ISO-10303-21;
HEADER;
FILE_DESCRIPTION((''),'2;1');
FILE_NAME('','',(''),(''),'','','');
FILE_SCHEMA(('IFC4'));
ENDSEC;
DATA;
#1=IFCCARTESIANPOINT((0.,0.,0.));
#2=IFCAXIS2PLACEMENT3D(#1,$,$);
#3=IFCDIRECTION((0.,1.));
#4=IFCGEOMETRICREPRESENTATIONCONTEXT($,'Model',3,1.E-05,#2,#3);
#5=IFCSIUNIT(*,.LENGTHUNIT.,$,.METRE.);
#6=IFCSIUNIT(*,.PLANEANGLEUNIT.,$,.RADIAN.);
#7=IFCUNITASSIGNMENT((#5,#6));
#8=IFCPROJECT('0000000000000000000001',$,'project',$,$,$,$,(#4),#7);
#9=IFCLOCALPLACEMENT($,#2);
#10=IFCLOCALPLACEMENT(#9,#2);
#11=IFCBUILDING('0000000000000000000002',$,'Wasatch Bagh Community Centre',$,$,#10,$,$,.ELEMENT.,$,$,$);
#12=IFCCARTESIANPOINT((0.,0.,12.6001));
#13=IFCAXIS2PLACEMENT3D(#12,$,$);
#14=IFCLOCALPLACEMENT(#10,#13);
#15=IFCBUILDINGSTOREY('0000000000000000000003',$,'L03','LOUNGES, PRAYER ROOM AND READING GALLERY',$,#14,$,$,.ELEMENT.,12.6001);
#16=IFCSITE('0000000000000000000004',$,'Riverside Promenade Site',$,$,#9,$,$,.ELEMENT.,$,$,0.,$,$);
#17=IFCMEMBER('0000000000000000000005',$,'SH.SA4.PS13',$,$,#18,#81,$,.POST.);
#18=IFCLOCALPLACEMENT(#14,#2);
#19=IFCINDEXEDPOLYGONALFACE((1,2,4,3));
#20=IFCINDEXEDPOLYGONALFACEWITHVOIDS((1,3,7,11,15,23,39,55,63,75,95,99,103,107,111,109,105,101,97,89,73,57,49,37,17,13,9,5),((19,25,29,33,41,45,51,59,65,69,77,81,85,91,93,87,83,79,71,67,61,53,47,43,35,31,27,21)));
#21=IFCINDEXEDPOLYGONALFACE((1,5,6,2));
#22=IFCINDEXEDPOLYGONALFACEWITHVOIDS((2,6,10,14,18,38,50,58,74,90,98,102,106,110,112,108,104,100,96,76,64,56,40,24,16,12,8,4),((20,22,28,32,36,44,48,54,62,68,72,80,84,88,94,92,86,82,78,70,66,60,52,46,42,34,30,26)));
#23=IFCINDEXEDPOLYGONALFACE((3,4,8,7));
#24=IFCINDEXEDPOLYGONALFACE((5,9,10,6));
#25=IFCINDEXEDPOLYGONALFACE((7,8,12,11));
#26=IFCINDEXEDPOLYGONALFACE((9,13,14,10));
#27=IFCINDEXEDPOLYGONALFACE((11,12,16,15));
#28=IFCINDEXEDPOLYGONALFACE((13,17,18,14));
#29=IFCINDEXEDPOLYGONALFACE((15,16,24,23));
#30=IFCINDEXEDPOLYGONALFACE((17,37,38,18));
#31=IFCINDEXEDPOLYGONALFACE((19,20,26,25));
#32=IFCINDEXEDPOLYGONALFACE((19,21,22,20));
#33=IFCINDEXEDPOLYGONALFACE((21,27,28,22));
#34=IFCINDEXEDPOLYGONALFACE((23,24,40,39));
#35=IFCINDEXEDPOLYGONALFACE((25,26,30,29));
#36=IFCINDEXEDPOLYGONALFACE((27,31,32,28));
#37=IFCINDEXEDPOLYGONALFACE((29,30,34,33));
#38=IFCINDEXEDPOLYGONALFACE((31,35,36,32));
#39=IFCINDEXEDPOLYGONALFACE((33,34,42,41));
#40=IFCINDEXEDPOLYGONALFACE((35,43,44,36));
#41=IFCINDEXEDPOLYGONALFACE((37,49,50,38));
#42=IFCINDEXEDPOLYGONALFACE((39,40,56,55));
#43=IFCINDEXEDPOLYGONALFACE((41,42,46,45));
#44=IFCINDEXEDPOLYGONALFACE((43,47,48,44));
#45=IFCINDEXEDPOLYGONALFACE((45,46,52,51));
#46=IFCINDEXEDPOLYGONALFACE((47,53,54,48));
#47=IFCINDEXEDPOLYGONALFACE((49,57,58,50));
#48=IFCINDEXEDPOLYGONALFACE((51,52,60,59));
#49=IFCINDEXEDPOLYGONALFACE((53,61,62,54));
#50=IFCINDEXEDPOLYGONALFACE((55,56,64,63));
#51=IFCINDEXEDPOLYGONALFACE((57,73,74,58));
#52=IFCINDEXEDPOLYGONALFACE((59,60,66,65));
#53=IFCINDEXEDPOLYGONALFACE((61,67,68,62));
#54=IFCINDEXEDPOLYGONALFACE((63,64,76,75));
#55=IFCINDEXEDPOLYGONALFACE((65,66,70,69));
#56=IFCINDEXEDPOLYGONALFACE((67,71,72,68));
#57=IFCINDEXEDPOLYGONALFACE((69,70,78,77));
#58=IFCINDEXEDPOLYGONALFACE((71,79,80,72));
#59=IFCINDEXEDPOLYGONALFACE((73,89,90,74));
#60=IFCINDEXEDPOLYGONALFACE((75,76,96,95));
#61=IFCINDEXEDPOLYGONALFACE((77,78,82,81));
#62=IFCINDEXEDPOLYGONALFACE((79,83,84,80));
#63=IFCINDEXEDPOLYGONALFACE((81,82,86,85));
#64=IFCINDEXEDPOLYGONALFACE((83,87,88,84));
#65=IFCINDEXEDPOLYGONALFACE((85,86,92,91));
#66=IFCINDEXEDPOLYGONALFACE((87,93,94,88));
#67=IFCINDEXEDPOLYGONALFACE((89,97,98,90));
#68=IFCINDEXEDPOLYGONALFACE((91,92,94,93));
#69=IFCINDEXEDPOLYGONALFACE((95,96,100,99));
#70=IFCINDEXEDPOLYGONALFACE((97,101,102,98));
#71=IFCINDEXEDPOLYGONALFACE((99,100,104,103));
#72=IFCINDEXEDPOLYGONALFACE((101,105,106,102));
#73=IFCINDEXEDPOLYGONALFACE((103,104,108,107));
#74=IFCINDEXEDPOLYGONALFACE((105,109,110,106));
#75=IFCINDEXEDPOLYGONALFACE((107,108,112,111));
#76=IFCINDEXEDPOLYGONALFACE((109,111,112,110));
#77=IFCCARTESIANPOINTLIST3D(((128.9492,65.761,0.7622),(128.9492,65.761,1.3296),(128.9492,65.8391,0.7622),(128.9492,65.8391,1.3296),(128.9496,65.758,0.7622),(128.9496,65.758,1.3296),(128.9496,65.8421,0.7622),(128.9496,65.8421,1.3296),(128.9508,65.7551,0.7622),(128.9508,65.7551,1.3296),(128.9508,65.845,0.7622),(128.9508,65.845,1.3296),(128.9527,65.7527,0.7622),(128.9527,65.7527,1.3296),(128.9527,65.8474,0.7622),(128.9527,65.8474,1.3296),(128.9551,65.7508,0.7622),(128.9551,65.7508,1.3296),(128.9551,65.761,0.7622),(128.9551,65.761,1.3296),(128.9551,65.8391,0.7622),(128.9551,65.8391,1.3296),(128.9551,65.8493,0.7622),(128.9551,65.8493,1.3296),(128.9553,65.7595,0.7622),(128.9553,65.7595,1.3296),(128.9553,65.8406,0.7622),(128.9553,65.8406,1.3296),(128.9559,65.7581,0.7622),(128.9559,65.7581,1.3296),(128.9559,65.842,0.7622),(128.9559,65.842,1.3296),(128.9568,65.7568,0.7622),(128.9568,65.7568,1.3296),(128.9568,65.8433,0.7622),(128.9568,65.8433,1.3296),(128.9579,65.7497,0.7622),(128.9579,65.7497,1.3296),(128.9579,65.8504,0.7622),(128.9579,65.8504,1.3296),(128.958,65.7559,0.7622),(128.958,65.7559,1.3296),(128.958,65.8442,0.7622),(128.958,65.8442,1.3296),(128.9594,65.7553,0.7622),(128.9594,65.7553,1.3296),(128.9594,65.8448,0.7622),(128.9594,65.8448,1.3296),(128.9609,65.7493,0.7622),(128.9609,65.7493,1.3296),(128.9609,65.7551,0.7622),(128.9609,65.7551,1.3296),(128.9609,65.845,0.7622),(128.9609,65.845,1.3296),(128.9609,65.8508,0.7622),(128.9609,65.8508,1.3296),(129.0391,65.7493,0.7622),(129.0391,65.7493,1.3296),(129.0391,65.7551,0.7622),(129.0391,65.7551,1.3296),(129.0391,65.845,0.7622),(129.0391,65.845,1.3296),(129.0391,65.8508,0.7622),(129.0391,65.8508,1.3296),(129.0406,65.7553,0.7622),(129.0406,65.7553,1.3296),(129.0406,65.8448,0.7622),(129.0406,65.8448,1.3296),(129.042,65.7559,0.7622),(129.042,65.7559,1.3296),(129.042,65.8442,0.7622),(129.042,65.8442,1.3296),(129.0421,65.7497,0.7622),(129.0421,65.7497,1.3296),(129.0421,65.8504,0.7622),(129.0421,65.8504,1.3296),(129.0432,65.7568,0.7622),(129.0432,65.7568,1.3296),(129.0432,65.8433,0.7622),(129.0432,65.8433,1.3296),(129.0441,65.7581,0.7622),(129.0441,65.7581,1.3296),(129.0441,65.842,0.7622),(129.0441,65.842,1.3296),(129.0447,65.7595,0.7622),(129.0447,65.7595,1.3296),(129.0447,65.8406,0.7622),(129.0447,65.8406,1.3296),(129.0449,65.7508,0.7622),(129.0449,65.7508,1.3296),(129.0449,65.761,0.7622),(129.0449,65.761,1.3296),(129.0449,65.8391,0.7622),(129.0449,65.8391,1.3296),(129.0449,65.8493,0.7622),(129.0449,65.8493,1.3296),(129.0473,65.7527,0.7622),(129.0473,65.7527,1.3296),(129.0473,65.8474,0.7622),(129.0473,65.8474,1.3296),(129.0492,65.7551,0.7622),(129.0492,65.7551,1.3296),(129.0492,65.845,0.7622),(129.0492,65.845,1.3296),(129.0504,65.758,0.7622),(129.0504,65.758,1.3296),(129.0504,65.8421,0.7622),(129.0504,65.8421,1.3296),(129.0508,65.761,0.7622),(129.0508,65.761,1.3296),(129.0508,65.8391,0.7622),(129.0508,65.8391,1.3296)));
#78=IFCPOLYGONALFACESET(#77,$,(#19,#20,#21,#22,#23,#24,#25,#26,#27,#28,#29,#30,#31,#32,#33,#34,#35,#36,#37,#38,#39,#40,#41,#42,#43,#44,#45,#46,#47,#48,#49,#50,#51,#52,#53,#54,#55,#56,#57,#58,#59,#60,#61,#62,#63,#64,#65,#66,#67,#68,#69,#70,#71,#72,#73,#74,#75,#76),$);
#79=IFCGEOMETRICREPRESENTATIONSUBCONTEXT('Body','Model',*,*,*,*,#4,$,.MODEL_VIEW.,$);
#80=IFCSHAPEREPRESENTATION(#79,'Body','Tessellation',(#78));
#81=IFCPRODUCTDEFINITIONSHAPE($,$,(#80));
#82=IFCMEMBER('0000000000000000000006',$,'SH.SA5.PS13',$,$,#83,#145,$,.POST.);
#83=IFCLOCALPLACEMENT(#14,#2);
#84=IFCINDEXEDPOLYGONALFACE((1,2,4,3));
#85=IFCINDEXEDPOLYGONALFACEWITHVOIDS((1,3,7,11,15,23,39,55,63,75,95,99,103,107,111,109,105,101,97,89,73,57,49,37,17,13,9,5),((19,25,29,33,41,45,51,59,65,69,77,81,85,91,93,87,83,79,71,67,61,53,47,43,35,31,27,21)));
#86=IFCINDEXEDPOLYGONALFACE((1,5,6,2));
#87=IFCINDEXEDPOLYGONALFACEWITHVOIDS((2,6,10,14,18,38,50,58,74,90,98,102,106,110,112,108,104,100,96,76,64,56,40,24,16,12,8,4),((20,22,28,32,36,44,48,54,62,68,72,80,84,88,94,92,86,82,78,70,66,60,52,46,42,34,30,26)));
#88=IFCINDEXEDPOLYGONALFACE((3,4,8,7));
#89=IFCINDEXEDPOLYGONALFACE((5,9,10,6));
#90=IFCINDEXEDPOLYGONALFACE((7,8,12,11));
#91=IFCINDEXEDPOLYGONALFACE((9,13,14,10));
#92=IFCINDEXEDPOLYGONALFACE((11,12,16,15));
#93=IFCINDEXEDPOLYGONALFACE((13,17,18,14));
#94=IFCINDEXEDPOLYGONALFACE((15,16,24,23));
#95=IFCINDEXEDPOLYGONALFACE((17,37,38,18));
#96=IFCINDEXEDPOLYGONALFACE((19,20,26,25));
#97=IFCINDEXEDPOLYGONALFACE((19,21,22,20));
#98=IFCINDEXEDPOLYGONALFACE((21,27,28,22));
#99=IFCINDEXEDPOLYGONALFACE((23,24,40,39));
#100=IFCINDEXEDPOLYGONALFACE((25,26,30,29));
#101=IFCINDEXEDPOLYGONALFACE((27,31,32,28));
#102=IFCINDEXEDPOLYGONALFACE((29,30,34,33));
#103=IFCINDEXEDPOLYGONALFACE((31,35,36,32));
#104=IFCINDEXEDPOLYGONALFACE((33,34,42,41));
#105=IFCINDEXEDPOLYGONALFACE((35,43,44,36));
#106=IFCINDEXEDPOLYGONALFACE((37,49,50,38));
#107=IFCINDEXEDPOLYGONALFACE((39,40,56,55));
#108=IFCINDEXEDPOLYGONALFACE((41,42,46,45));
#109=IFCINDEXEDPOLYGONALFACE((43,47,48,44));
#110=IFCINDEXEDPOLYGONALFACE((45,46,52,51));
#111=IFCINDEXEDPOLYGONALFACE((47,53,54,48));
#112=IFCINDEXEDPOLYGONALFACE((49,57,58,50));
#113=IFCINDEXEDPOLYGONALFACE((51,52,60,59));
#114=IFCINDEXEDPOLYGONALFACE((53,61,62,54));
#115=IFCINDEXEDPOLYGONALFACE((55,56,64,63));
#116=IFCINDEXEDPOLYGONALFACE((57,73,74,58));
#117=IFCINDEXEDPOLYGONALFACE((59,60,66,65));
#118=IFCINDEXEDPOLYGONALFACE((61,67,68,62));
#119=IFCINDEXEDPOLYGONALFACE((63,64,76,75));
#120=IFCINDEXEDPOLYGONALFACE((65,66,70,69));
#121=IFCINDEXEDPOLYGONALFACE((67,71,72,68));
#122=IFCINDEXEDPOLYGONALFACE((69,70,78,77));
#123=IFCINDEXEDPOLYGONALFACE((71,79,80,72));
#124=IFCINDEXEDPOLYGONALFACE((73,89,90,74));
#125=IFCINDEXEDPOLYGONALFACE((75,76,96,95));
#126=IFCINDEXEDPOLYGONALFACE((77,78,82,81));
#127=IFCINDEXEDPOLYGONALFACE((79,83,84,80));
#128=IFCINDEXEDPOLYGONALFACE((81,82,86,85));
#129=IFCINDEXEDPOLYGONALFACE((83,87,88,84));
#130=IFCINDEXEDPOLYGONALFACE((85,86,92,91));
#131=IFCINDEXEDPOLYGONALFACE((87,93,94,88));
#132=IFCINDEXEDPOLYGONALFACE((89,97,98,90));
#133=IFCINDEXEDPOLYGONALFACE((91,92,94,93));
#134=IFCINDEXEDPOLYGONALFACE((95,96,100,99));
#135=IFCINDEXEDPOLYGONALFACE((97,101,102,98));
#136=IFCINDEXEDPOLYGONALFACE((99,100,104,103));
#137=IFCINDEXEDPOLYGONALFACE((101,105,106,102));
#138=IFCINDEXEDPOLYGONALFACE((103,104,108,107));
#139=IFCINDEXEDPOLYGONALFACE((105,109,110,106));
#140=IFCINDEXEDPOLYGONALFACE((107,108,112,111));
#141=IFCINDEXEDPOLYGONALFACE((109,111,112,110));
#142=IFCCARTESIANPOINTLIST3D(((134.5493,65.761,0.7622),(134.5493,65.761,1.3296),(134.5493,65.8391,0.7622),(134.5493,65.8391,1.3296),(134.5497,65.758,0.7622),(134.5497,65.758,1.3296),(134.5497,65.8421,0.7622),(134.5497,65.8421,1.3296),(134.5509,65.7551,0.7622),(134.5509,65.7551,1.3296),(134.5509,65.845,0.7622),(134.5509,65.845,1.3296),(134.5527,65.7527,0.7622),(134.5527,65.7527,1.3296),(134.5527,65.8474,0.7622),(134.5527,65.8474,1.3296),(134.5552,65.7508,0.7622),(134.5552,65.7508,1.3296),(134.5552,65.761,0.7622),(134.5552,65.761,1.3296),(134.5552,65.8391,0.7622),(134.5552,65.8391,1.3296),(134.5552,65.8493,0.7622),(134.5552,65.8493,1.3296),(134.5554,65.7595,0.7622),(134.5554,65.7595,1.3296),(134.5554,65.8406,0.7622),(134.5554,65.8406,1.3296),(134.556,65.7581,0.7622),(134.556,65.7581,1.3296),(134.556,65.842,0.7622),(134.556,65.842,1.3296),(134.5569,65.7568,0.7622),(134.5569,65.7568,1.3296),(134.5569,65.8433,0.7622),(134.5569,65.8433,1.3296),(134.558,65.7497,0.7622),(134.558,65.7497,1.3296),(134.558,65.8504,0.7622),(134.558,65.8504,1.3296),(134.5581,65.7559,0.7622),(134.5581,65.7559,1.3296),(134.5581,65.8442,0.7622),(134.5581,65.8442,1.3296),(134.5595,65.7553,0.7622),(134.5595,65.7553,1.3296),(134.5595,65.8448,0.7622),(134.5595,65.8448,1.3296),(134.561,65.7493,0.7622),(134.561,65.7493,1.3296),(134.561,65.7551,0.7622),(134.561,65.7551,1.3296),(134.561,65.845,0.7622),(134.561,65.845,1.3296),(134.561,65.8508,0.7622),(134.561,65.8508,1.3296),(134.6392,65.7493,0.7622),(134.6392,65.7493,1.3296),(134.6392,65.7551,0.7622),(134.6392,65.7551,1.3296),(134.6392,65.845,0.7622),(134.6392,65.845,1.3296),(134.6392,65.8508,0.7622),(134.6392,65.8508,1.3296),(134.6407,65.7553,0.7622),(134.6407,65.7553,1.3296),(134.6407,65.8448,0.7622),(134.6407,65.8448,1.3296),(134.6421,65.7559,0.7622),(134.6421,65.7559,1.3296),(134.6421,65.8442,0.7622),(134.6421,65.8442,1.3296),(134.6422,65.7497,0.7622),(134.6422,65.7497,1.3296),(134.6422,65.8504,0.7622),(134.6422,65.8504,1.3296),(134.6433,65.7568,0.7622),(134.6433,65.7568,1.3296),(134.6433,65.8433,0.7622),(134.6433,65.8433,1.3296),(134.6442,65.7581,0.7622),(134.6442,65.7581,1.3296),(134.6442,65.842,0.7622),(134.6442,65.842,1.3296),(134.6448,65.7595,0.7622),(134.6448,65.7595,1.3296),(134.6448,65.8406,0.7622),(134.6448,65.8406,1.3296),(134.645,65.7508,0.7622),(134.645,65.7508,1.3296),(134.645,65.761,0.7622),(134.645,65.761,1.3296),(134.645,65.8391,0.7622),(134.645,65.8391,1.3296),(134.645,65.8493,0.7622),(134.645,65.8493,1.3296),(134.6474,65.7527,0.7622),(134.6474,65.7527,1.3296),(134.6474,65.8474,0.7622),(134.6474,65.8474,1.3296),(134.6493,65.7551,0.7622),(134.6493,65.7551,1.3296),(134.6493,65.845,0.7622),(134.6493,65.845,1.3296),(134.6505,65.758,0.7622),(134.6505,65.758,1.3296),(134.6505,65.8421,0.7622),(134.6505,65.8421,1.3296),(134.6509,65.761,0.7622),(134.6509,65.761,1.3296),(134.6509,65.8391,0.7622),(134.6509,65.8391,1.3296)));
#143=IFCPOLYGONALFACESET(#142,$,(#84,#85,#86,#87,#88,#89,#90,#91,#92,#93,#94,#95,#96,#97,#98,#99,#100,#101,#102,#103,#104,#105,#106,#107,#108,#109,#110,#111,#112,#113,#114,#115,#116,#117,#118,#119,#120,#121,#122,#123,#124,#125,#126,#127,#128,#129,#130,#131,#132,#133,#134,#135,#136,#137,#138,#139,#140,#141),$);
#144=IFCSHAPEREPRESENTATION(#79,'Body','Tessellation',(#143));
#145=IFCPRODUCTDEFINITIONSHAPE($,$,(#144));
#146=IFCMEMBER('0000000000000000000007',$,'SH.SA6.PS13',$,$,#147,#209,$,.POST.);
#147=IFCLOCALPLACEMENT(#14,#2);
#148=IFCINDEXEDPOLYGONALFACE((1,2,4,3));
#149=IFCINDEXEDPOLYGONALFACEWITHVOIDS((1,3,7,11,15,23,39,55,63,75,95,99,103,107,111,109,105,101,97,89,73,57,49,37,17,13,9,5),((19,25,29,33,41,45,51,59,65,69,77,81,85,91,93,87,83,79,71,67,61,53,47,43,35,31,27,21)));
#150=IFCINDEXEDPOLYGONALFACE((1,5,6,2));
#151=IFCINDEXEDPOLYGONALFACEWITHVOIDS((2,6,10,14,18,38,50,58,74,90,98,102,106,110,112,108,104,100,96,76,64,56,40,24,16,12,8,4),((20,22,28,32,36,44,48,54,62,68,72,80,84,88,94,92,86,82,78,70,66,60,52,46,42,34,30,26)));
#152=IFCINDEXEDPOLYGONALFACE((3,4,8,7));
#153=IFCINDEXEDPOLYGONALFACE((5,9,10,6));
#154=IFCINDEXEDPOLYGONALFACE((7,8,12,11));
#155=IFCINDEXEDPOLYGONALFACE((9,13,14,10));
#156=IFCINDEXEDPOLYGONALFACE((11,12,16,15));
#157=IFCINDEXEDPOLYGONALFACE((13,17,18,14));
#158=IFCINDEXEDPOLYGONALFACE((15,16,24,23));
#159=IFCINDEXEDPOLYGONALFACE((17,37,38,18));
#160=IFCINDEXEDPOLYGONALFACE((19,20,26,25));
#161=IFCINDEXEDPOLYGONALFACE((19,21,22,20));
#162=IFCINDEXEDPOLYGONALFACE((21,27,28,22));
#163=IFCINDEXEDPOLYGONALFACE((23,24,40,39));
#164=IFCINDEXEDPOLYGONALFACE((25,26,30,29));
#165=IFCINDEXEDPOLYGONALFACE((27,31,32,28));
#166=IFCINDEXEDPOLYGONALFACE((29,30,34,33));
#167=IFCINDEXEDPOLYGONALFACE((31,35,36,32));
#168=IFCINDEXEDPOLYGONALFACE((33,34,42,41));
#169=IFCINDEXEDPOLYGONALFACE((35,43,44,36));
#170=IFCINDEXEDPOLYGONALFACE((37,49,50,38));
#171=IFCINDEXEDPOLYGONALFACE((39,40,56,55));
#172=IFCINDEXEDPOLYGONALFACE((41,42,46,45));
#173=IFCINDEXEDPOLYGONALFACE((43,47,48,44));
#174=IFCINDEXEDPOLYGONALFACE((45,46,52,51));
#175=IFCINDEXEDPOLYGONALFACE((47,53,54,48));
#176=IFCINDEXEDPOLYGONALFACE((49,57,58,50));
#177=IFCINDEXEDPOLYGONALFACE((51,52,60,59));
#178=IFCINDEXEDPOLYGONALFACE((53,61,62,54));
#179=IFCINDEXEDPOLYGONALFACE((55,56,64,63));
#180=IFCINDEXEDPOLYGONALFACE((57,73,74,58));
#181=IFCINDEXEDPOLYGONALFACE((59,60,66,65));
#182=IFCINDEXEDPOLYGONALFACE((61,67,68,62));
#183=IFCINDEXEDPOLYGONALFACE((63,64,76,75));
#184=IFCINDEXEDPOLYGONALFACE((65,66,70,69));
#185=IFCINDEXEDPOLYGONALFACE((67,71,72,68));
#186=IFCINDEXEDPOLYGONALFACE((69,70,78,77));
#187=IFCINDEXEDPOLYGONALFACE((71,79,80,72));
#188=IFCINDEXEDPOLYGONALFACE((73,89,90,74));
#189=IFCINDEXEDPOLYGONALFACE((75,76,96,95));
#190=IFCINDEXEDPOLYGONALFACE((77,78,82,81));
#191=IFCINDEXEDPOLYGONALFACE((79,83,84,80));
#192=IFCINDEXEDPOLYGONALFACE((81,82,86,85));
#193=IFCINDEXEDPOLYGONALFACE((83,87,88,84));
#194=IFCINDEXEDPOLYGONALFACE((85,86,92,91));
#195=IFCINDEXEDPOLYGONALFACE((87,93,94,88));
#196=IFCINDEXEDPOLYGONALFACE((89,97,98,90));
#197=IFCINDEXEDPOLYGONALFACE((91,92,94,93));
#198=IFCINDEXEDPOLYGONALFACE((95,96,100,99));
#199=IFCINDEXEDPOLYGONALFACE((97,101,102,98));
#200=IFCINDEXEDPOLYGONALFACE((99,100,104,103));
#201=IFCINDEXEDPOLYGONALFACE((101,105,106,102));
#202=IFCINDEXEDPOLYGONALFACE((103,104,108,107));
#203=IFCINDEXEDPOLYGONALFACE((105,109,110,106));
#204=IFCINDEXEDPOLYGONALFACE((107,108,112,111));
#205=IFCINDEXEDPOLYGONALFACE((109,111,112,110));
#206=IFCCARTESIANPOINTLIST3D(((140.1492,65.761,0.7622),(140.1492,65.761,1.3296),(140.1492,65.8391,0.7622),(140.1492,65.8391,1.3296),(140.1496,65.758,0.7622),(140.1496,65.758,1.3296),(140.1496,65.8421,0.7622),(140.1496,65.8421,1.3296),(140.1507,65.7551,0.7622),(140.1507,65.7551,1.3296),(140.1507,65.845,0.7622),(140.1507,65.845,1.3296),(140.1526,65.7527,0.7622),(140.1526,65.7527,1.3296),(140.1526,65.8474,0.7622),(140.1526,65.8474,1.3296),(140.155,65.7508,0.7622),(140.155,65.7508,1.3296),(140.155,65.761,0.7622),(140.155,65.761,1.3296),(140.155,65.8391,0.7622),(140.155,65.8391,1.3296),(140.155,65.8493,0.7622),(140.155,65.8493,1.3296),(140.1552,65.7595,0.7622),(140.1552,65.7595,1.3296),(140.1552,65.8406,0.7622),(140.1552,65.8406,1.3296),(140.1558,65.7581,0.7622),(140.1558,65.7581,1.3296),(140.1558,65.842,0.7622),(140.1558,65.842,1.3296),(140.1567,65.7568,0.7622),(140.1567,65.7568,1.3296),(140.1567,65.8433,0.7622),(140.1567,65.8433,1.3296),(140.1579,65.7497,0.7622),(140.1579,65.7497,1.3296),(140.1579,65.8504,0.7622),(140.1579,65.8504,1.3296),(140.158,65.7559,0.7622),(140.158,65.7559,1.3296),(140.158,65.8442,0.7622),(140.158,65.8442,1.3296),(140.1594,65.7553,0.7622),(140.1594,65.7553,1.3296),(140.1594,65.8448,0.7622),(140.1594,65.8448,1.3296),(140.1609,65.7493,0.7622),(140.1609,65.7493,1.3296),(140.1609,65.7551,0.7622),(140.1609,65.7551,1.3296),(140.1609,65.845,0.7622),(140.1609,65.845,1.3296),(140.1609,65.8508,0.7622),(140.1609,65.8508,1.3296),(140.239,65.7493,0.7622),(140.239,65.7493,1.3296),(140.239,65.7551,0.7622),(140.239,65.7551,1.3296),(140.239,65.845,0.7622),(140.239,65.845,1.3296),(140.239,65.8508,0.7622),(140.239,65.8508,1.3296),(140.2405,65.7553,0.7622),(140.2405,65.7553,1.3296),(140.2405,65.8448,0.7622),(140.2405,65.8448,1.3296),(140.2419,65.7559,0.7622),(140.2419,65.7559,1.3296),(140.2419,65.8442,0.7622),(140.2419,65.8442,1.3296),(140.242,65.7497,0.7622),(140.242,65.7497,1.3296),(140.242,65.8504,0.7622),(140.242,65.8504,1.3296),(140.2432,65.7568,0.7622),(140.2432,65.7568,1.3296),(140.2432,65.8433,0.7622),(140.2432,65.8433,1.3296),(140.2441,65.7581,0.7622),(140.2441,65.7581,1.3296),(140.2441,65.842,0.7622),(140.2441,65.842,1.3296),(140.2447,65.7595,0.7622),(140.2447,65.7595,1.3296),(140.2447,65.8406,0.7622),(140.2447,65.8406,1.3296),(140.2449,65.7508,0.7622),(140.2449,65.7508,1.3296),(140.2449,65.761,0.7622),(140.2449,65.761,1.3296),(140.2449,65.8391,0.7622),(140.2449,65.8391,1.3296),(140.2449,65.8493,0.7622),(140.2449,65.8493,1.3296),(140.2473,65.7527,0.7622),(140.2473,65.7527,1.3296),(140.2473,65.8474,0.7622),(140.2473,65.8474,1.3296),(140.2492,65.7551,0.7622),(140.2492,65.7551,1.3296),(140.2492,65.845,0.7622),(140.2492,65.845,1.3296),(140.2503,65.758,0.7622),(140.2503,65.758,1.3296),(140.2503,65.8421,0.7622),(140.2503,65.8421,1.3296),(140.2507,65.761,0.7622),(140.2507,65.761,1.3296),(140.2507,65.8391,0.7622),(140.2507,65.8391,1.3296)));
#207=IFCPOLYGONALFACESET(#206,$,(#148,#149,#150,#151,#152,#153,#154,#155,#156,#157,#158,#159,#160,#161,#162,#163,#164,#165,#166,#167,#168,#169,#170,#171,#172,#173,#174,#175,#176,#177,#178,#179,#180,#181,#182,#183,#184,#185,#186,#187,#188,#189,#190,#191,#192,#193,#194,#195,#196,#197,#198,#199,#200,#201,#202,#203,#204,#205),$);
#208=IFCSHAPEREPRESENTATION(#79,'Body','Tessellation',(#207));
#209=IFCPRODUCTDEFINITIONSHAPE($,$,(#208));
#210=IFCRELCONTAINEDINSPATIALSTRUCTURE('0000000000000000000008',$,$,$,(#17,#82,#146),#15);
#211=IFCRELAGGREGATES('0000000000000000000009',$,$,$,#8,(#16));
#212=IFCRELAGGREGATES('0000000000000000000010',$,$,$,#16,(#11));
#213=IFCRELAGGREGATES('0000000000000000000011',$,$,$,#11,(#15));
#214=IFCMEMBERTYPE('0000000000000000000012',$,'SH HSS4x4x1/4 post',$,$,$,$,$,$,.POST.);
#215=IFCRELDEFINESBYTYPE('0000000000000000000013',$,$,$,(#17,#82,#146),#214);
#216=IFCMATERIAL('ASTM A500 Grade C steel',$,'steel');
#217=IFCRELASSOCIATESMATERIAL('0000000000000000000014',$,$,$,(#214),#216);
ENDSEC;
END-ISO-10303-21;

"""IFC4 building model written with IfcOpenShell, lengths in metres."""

from ifc_helpers import new_model, si_unit, direction, frame, origin, origin_2d, place, context, subcontext, project, spatial, hollow_rectangle, extrude, material, material_profile, profile_set, type_object, element, save


model = new_model("IFC4")

# Units and contexts
model_context = context("Model", 3, precision=1e-05, world=origin(), true_north=direction((0.0, 1.0)))
body_context = subcontext(model_context, "Body", "Model", "MODEL_VIEW")
ifc_project = project(units=[si_unit("LENGTHUNIT", "METRE"), si_unit("PLANEANGLEUNIT", "RADIAN")], contexts=[model_context])

# Site, building, storey
site_placement = place(None, origin())
site = spatial("IfcSite", under=ifc_project, at=site_placement, Name="Riverside Promenade Site", CompositionType="ELEMENT", RefElevation=0.0)
building_placement = place(site_placement, origin())
building = spatial("IfcBuilding", under=site, at=building_placement, Name="Wasatch Bagh Community Centre", CompositionType="ELEMENT")
storey_placement = place(building_placement, frame((0.0, 0.0, 12.6001)))
storey = spatial("IfcBuildingStorey", under=building, at=storey_placement, Name="L03", Description="LOUNGES, PRAYER ROOM AND READING GALLERY", CompositionType="ELEMENT", Elevation=12.6001)

# Members
ifc_material_1 = material(Name="ASTM A500 Grade C steel", Category="steel")
ifc_material_profile_1 = material_profile(ifc_material_1, hollow_rectangle(XDim=0.1016, YDim=0.1016, WallThickness=0.0059, InnerFilletRadius=0.0059, OuterFilletRadius=0.0117, at=origin_2d()), Name="HSS4x4x1/4")
ifc_profile_set_1 = profile_set([ifc_material_profile_1], Name="ASTM A500 Grade C steel")
member_type_1 = type_object("IfcMemberType", Name="SH HSS4x4x1/4 post", PredefinedType="POST", material=ifc_profile_set_1)
for number, where, z_axis, x_axis, name in (
    (1, (129.0, 65.8, 0.7622), (0.0, 0.0, 1.0), (1.0, 0.0, 0.0), "SH.SA4.PS13"),
    (2, (134.6001, 65.8, 0.7622), (0.0, 0.0, 1.0), (1.0, 0.0, 0.0), "SH.SA5.PS13"),
    (3, (140.2, 65.8, 0.7622), (0.0, 0.0, 1.0), (1.0, 0.0, 0.0), "SH.SA6.PS13"),
):
    element("IfcMember", number, at=place(storey_placement, frame(where, z_axis=z_axis, x_axis=x_axis)), inside=storey, type_object=member_type_1, Name=name, PredefinedType="POST", context=body_context, shape_type="SweptSolid", body=[
        extrude(hollow_rectangle(XDim=0.1016, YDim=0.1016, WallThickness=0.0059, InnerFilletRadius=0.0059, OuterFilletRadius=0.0117, at=origin_2d()), origin(), (0.0, 0.0, 1.0), 0.5674),
    ])

save(model, "model.ifc")
